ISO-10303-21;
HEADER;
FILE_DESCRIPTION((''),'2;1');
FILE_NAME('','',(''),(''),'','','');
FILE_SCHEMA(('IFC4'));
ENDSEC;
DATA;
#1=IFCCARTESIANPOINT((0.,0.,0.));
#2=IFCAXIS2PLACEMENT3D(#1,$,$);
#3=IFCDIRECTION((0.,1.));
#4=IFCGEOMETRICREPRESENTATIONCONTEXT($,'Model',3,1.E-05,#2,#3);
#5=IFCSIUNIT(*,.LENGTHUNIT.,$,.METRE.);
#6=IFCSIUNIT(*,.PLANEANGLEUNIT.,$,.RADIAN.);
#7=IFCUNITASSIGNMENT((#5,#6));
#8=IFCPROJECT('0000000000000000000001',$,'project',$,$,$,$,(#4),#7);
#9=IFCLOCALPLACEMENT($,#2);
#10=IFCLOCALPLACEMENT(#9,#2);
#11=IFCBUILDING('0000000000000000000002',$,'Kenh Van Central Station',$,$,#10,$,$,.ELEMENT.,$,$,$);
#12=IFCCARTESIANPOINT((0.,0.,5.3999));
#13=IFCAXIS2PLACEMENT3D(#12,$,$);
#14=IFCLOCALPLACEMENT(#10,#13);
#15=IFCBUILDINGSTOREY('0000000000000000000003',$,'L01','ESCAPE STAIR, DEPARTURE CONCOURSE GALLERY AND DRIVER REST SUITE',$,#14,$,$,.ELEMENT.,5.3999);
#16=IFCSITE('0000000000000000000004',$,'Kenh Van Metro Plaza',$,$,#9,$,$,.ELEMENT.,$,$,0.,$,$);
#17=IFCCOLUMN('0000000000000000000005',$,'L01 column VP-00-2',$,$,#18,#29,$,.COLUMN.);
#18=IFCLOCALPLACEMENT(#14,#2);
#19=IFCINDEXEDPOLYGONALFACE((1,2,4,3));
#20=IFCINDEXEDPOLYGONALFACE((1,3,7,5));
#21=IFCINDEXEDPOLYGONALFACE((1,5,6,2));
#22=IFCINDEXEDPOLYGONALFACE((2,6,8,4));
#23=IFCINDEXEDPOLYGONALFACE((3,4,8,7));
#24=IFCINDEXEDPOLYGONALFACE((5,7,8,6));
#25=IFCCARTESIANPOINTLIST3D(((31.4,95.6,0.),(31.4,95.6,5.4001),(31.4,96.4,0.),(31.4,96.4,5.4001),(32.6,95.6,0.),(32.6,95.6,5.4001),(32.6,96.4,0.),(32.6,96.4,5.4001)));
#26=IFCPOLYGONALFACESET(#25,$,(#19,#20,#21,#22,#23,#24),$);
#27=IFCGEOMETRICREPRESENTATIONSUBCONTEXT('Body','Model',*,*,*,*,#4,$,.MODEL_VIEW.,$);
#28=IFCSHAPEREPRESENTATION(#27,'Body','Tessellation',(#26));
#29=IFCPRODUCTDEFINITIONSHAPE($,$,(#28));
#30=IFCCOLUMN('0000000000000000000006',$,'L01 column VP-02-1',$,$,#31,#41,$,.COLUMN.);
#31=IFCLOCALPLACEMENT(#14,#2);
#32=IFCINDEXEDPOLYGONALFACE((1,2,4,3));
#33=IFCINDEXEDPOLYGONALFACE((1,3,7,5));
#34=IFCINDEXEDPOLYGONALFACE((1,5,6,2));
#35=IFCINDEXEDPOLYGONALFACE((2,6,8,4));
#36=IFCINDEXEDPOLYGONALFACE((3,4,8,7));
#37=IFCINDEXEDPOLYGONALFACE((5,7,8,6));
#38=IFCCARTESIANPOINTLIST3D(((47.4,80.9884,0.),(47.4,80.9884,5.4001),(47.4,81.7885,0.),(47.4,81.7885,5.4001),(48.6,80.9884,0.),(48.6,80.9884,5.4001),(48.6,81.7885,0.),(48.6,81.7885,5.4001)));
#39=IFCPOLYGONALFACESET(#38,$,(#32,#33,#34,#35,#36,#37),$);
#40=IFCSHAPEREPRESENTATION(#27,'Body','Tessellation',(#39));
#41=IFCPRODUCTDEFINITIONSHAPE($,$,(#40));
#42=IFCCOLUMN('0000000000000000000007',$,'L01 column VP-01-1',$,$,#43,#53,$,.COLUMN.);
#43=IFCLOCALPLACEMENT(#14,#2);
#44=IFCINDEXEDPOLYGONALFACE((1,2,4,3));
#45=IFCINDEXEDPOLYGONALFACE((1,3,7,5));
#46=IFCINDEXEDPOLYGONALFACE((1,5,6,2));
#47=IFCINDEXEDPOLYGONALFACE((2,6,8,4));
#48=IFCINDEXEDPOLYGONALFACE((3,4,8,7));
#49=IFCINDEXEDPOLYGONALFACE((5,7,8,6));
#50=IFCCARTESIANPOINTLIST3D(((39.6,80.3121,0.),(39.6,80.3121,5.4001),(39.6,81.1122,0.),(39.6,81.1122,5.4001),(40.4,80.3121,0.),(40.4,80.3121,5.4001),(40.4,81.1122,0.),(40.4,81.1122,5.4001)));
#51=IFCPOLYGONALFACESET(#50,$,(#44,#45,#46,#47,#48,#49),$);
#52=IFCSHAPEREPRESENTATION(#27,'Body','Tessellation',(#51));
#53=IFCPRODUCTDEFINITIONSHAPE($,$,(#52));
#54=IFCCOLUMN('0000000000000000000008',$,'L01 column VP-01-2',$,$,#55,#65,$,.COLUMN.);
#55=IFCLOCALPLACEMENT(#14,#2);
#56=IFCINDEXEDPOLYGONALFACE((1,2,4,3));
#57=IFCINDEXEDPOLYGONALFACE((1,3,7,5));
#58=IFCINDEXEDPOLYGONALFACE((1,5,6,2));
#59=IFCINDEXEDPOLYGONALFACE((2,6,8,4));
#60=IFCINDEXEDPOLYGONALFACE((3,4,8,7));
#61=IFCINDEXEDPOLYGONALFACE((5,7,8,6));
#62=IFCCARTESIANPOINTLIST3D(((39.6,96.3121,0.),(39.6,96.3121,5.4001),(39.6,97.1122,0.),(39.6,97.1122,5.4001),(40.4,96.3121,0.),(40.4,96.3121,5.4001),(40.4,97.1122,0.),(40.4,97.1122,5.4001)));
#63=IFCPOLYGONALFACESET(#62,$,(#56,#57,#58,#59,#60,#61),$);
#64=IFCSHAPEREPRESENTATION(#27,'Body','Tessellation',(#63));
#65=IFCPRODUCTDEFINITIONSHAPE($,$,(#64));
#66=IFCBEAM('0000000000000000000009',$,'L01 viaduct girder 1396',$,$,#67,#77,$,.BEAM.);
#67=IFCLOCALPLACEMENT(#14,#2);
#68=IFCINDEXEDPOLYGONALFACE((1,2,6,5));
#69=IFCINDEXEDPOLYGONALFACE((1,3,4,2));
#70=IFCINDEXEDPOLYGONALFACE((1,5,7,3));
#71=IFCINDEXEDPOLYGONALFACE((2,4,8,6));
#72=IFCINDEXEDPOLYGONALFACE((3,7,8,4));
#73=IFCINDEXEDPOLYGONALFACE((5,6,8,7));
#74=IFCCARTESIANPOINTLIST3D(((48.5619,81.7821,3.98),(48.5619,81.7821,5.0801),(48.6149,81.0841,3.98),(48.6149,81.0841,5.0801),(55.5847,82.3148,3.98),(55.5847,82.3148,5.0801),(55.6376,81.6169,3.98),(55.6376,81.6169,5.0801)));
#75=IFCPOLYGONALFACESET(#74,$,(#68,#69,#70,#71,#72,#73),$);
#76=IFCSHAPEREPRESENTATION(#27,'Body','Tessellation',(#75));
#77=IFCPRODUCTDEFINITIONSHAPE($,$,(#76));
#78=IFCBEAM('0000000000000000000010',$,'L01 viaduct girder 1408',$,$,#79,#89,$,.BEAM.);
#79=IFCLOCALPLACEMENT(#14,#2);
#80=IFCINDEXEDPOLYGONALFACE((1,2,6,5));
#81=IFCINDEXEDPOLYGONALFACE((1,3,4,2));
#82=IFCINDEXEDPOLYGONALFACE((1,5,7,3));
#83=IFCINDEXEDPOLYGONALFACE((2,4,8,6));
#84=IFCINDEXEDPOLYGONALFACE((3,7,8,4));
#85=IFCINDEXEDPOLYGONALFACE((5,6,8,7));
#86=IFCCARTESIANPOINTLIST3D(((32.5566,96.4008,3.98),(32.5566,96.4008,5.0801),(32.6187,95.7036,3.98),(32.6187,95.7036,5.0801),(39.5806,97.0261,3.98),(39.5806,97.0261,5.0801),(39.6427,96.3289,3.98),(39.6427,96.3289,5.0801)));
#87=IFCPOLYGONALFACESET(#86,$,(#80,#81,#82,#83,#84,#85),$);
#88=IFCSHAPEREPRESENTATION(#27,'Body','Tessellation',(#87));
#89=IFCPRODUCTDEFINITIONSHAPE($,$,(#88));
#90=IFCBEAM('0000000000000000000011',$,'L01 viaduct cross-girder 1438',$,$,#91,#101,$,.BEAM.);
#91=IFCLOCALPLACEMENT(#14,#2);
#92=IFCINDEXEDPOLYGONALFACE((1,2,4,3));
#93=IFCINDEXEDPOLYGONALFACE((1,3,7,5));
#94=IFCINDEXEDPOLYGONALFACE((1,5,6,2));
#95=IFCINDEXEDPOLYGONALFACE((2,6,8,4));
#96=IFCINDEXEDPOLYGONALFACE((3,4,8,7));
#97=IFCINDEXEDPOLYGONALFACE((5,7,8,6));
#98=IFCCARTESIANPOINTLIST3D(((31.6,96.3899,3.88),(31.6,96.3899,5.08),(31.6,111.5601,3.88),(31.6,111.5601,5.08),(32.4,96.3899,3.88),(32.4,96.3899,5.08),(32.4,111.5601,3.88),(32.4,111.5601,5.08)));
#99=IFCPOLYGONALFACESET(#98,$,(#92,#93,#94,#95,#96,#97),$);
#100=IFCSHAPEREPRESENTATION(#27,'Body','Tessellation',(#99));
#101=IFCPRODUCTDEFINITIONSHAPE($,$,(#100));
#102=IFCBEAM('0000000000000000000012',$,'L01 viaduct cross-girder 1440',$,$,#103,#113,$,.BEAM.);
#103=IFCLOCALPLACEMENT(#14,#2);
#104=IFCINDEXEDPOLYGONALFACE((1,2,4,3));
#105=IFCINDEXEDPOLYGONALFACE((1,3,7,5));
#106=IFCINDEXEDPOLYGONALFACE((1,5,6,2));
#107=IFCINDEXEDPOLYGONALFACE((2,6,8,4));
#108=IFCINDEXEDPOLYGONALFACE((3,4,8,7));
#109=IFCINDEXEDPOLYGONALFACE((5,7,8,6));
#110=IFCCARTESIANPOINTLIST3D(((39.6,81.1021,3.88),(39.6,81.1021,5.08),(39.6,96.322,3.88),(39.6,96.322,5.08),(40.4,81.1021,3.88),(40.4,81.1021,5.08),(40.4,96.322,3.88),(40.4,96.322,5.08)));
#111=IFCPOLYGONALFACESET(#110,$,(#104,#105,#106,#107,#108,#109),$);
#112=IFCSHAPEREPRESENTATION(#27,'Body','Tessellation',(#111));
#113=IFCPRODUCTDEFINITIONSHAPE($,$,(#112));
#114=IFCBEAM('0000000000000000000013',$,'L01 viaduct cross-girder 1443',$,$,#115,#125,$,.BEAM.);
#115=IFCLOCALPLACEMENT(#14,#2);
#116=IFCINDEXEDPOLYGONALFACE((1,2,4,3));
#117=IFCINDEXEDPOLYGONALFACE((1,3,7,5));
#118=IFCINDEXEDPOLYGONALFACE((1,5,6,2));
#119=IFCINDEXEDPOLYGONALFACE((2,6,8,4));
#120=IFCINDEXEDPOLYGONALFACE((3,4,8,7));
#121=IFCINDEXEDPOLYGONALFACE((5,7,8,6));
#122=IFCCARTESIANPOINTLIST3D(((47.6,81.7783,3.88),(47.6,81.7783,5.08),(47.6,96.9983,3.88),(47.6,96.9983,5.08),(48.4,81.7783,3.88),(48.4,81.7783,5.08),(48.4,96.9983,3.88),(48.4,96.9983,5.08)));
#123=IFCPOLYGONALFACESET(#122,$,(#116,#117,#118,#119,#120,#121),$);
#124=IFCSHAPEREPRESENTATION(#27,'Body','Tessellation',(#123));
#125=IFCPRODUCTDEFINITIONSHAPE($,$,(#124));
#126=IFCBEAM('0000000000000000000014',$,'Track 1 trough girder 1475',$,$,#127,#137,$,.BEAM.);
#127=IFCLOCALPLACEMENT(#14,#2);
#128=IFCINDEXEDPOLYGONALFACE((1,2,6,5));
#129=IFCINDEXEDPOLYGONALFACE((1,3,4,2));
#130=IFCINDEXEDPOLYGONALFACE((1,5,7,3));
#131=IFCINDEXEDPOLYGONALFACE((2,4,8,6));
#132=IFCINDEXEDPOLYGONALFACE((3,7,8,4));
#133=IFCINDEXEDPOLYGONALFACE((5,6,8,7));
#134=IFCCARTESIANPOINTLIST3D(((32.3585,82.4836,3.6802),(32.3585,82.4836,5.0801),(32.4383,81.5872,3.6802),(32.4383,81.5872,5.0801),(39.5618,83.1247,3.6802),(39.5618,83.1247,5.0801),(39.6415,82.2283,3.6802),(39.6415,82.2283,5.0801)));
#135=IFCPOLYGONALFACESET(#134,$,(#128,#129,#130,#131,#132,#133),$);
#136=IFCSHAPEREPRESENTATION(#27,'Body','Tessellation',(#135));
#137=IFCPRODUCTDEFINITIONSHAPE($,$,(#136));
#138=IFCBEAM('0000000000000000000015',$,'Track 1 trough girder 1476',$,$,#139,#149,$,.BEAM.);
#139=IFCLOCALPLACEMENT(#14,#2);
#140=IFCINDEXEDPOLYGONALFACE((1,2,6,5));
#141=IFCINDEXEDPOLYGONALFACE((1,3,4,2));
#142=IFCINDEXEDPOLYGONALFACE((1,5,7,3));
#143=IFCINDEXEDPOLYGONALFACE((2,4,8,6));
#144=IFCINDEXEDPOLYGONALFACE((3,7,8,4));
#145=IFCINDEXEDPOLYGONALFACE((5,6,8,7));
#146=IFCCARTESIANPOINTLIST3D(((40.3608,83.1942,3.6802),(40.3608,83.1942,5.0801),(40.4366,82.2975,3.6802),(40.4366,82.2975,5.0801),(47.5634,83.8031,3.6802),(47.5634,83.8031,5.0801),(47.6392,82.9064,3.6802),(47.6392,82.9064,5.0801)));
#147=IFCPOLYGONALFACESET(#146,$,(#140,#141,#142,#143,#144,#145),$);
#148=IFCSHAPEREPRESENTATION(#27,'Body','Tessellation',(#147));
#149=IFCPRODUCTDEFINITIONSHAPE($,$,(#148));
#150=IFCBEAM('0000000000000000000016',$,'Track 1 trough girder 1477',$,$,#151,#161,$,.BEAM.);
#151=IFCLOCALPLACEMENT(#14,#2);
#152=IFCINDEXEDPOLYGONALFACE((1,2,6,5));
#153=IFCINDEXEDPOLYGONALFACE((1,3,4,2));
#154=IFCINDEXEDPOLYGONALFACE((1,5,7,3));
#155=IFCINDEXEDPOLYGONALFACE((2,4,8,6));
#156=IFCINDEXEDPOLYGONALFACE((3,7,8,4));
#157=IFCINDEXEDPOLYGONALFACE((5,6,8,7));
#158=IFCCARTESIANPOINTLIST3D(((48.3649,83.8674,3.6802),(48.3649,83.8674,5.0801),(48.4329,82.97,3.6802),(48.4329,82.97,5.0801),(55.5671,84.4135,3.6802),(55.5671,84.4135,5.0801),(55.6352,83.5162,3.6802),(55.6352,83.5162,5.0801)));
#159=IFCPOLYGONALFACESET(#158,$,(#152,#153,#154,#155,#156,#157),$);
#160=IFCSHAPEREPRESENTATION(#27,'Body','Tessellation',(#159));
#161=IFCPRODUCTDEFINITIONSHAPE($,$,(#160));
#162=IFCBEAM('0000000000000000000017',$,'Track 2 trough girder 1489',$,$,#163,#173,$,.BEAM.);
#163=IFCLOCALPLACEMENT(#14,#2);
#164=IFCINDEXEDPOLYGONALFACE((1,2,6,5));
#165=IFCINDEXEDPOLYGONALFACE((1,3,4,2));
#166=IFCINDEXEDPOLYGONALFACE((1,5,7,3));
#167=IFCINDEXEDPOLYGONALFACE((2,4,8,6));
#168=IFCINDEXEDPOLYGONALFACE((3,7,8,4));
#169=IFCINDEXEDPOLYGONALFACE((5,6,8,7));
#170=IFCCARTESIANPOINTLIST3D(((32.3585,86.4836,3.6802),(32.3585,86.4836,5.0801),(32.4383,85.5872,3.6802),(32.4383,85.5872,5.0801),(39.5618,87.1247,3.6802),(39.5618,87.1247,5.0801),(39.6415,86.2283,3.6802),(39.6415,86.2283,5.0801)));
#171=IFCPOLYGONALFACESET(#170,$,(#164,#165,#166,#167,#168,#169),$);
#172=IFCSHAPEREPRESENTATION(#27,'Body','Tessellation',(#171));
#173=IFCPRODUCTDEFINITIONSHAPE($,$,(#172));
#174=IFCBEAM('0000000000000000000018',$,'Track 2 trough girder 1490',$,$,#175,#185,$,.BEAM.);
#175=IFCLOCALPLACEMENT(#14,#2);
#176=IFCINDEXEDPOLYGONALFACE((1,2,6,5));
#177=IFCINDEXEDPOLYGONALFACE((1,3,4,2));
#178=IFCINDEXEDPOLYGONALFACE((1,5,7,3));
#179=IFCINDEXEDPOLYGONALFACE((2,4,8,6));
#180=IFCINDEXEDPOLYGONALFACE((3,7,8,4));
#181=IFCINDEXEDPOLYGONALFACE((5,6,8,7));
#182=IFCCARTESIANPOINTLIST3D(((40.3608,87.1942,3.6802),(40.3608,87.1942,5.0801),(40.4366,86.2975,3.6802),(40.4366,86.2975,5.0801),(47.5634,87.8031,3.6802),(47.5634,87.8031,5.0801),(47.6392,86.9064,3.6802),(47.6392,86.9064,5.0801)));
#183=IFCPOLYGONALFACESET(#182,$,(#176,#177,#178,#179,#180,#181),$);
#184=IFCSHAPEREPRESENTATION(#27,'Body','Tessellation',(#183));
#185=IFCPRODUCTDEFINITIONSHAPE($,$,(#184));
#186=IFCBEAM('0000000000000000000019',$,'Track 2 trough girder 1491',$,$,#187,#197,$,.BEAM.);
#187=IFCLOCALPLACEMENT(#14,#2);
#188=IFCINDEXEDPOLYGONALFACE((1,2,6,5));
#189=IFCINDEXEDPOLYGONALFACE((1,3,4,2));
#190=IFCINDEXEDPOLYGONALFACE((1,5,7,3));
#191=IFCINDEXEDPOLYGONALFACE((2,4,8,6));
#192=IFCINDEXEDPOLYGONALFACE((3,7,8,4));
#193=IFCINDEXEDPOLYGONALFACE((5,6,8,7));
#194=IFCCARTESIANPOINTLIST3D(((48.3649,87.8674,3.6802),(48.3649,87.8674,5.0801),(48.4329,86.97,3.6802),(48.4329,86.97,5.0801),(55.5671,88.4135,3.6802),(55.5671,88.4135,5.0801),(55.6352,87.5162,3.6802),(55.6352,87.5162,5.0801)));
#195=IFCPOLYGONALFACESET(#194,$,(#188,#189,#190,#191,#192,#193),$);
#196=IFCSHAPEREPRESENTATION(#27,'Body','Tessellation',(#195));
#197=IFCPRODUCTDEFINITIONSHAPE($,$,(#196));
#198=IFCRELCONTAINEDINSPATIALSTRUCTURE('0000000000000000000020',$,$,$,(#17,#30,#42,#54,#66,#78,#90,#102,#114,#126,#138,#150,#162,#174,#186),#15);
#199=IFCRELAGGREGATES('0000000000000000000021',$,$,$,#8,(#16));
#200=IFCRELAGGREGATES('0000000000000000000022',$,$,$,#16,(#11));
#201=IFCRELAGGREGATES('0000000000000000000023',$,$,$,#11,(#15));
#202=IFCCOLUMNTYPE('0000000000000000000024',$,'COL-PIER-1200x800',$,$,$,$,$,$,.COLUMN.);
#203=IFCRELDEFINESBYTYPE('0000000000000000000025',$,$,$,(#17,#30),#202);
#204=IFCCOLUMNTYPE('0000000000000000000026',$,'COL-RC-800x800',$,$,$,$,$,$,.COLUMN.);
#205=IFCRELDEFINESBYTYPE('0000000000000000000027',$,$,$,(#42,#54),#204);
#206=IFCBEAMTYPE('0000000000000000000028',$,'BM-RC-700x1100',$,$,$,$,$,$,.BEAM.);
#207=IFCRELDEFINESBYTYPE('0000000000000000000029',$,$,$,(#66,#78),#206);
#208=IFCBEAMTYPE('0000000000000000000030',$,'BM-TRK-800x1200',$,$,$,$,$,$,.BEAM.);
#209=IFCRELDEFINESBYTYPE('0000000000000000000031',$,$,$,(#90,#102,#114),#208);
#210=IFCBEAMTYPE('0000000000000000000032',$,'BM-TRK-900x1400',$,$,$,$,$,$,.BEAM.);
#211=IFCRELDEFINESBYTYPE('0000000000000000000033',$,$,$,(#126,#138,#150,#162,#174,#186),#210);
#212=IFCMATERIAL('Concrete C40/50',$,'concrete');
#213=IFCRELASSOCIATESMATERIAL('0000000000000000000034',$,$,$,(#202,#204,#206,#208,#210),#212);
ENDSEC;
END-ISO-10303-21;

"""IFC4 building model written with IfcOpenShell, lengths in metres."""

from ifc_helpers import new_model, si_unit, direction, frame, origin, origin_2d, place, context, subcontext, project, spatial, rectangle, extrude, material, material_profile, profile_set, type_object, element, save


model = new_model("IFC4")

# Units and contexts
model_context = context("Model", 3, precision=1e-05, world=origin(), true_north=direction((0.0, 1.0)))
body_context = subcontext(model_context, "Body", "Model", "MODEL_VIEW")
ifc_project = project(units=[si_unit("LENGTHUNIT", "METRE"), si_unit("PLANEANGLEUNIT", "RADIAN")], contexts=[model_context])

# Site, building, storey
site_placement = place(None, origin())
site = spatial("IfcSite", under=ifc_project, at=site_placement, Name="Kenh Van Metro Plaza", CompositionType="ELEMENT", RefElevation=0.0)
building_placement = place(site_placement, origin())
building = spatial("IfcBuilding", under=site, at=building_placement, Name="Kenh Van Central Station", CompositionType="ELEMENT")
storey_placement = place(building_placement, frame((0.0, 0.0, 5.3999)))
storey = spatial("IfcBuildingStorey", under=building, at=storey_placement, Name="L01", Description="ESCAPE STAIR, DEPARTURE CONCOURSE GALLERY AND DRIVER REST SUITE", CompositionType="ELEMENT", Elevation=5.3999)

# Columns
ifc_material_1 = material(Name="Concrete C40/50", Category="concrete")
ifc_material_profile_1 = material_profile(ifc_material_1, rectangle(XDim=1.2, YDim=0.8, at=origin_2d()), Name="RC 1200x800")
ifc_profile_set_1 = profile_set([ifc_material_profile_1], Name="Concrete C40/50")
column_type_1 = type_object("IfcColumnType", Name="COL-PIER-1200x800", PredefinedType="COLUMN", material=ifc_profile_set_1)
for number, where, z_axis, x_axis, name in (
    (1, (32.0, 96.0, 0.0), (0.0, 0.0, 1.0), (1.0, 0.0, 0.0), "L01 column VP-00-2"),
    (2, (48.0, 81.3884, 0.0), (0.0, 0.0, 1.0), (1.0, 0.0, 0.0), "L01 column VP-02-1"),
):
    element("IfcColumn", number, at=place(storey_placement, frame(where, z_axis=z_axis, x_axis=x_axis)), inside=storey, type_object=column_type_1, Name=name, PredefinedType="COLUMN", context=body_context, shape_type="SweptSolid", body=[
        extrude(rectangle(XDim=1.2, YDim=0.8, at=origin_2d()), origin(), (0.0, 0.0, 1.0), 5.4001),
    ])
ifc_material_profile_2 = material_profile(ifc_material_1, rectangle(XDim=0.8, YDim=0.8, at=origin_2d()), Name="RC 800x800")
ifc_profile_set_2 = profile_set([ifc_material_profile_2], Name="Concrete C40/50")
column_type_2 = type_object("IfcColumnType", Name="COL-RC-800x800", PredefinedType="COLUMN", material=ifc_profile_set_2)
for number, where, z_axis, x_axis, name in (
    (3, (40.0, 80.7122, 0.0), (0.0, 0.0, 1.0), (1.0, 0.0, 0.0), "L01 column VP-01-1"),
    (4, (40.0, 96.7122, 0.0), (0.0, 0.0, 1.0), (1.0, 0.0, 0.0), "L01 column VP-01-2"),
):
    element("IfcColumn", number, at=place(storey_placement, frame(where, z_axis=z_axis, x_axis=x_axis)), inside=storey, type_object=column_type_2, Name=name, PredefinedType="COLUMN", context=body_context, shape_type="SweptSolid", body=[
        extrude(rectangle(XDim=0.8, YDim=0.8, at=origin_2d()), origin(), (0.0, 0.0, 1.0), 5.4001),
    ])

# Beams
ifc_material_profile_3 = material_profile(ifc_material_1, rectangle(XDim=0.7, YDim=1.1001, at=origin_2d()), Name="RC 700x1100")
ifc_profile_set_3 = profile_set([ifc_material_profile_3], Name="Concrete C40/50")
beam_type_1 = type_object("IfcBeamType", Name="BM-RC-700x1100", PredefinedType="BEAM", material=ifc_profile_set_3)
beam_1_placement = place(storey_placement, frame((48.5884, 81.4331, 4.53), z_axis=(0.997135, 0.075639, 0.0), x_axis=(-0.075639, 0.997135, 0.0)))
element("IfcBeam", 5, at=beam_1_placement, inside=storey, type_object=beam_type_1, Name="L01 viaduct girder 1396", PredefinedType="BEAM", context=body_context, shape_type="SweptSolid", body=[
    extrude(rectangle(XDim=0.7, YDim=1.1001, at=origin_2d()), origin(), (0.0, 0.0, 1.0), 7.043),
])
beam_2_placement = place(storey_placement, frame((32.5876, 96.0522, 4.53), z_axis=(0.996061, 0.088666, 0.0), x_axis=(-0.088666, 0.996061, 0.0)))
element("IfcBeam", 6, at=beam_2_placement, inside=storey, type_object=beam_type_1, Name="L01 viaduct girder 1408", PredefinedType="BEAM", context=body_context, shape_type="SweptSolid", body=[
    extrude(rectangle(XDim=0.7, YDim=1.1001, at=origin_2d()), origin(), (0.0, 0.0, 1.0), 7.0518),
])
ifc_material_profile_4 = material_profile(ifc_material_1, rectangle(XDim=0.8, YDim=1.2, at=origin_2d()), Name="RC 800x1200")
ifc_profile_set_4 = profile_set([ifc_material_profile_4], Name="Concrete C40/50")
beam_type_2 = type_object("IfcBeamType", Name="BM-TRK-800x1200", PredefinedType="BEAM", material=ifc_profile_set_4)
beam_3_placement = place(storey_placement, frame((32.0, 96.3899, 4.48), z_axis=(0.0, 1.0, 0.0), x_axis=(-1.0, 0.0, 0.0)))
element("IfcBeam", 7, at=beam_3_placement, inside=storey, type_object=beam_type_2, Name="L01 viaduct cross-girder 1438", PredefinedType="BEAM", context=body_context, shape_type="SweptSolid", body=[
    extrude(rectangle(XDim=0.8, YDim=1.2, at=origin_2d()), origin(), (0.0, 0.0, 1.0), 15.1702),
])
for number, where, z_axis, x_axis, name in (
    (8, (40.0, 81.1021, 4.48), (0.0, 1.0, 0.0), (-1.0, 0.0, 0.0), "L01 viaduct cross-girder 1440"),
    (9, (48.0, 81.7783, 4.48), (0.0, 1.0, 0.0), (-1.0, 0.0, 0.0), "L01 viaduct cross-girder 1443"),
):
    element("IfcBeam", number, at=place(storey_placement, frame(where, z_axis=z_axis, x_axis=x_axis)), inside=storey, type_object=beam_type_2, Name=name, PredefinedType="BEAM", context=body_context, shape_type="SweptSolid", body=[
        extrude(rectangle(XDim=0.8, YDim=1.2, at=origin_2d()), origin(), (0.0, 0.0, 1.0), 15.22),
    ])
ifc_material_profile_5 = material_profile(ifc_material_1, rectangle(XDim=0.8999, YDim=1.3999, at=origin_2d()), Name="RC 900x1400")
ifc_profile_set_5 = profile_set([ifc_material_profile_5], Name="Concrete C40/50")
beam_type_3 = type_object("IfcBeamType", Name="BM-TRK-900x1400", PredefinedType="BEAM", material=ifc_profile_set_5)
beam_4_placement = place(storey_placement, frame((32.3984, 82.0354, 4.3801), z_axis=(0.996062, 0.088654, 0.0), x_axis=(-0.088654, 0.996062, 0.0)))
element("IfcBeam", 10, at=beam_4_placement, inside=storey, type_object=beam_type_3, Name="Track 1 trough girder 1475", PredefinedType="BEAM", context=body_context, shape_type="SweptSolid", body=[
    extrude(rectangle(XDim=0.8999, YDim=1.3999, at=origin_2d()), origin(), (0.0, 0.0, 1.0), 7.2317),
])
beam_5_placement = place(storey_placement, frame((40.3987, 82.7458, 4.3801), z_axis=(0.996446, 0.084236, 0.0), x_axis=(-0.084236, 0.996446, 0.0)))
element("IfcBeam", 11, at=beam_5_placement, inside=storey, type_object=beam_type_3, Name="Track 1 trough girder 1476", PredefinedType="BEAM", context=body_context, shape_type="SweptSolid", body=[
    extrude(rectangle(XDim=0.8999, YDim=1.3999, at=origin_2d()), origin(), (0.0, 0.0, 1.0), 7.2283),
])
beam_6_placement = place(storey_placement, frame((48.3989, 83.4187, 4.3801), z_axis=(0.997137, 0.075613, 0.0), x_axis=(-0.075613, 0.997137, 0.0)))
element("IfcBeam", 12, at=beam_6_placement, inside=storey, type_object=beam_type_3, Name="Track 1 trough girder 1477", PredefinedType="BEAM", context=body_context, shape_type="SweptSolid", body=[
    extrude(rectangle(XDim=0.8999, YDim=1.3999, at=origin_2d()), origin(), (0.0, 0.0, 1.0), 7.2229),
])
beam_7_placement = place(storey_placement, frame((32.3984, 86.0354, 4.3801), z_axis=(0.996062, 0.088654, 0.0), x_axis=(-0.088654, 0.996062, 0.0)))
element("IfcBeam", 13, at=beam_7_placement, inside=storey, type_object=beam_type_3, Name="Track 2 trough girder 1489", PredefinedType="BEAM", context=body_context, shape_type="SweptSolid", body=[
    extrude(rectangle(XDim=0.8999, YDim=1.3999, at=origin_2d()), origin(), (0.0, 0.0, 1.0), 7.2317),
])
beam_8_placement = place(storey_placement, frame((40.3987, 86.7458, 4.3801), z_axis=(0.996446, 0.084236, 0.0), x_axis=(-0.084236, 0.996446, 0.0)))
element("IfcBeam", 14, at=beam_8_placement, inside=storey, type_object=beam_type_3, Name="Track 2 trough girder 1490", PredefinedType="BEAM", context=body_context, shape_type="SweptSolid", body=[
    extrude(rectangle(XDim=0.8999, YDim=1.3999, at=origin_2d()), origin(), (0.0, 0.0, 1.0), 7.2283),
])
beam_9_placement = place(storey_placement, frame((48.3989, 87.4187, 4.3801), z_axis=(0.997137, 0.075613, 0.0), x_axis=(-0.075613, 0.997137, 0.0)))
element("IfcBeam", 15, at=beam_9_placement, inside=storey, type_object=beam_type_3, Name="Track 2 trough girder 1491", PredefinedType="BEAM", context=body_context, shape_type="SweptSolid", body=[
    extrude(rectangle(XDim=0.8999, YDim=1.3999, at=origin_2d()), origin(), (0.0, 0.0, 1.0), 7.2229),
])

save(model, "model.ifc")
